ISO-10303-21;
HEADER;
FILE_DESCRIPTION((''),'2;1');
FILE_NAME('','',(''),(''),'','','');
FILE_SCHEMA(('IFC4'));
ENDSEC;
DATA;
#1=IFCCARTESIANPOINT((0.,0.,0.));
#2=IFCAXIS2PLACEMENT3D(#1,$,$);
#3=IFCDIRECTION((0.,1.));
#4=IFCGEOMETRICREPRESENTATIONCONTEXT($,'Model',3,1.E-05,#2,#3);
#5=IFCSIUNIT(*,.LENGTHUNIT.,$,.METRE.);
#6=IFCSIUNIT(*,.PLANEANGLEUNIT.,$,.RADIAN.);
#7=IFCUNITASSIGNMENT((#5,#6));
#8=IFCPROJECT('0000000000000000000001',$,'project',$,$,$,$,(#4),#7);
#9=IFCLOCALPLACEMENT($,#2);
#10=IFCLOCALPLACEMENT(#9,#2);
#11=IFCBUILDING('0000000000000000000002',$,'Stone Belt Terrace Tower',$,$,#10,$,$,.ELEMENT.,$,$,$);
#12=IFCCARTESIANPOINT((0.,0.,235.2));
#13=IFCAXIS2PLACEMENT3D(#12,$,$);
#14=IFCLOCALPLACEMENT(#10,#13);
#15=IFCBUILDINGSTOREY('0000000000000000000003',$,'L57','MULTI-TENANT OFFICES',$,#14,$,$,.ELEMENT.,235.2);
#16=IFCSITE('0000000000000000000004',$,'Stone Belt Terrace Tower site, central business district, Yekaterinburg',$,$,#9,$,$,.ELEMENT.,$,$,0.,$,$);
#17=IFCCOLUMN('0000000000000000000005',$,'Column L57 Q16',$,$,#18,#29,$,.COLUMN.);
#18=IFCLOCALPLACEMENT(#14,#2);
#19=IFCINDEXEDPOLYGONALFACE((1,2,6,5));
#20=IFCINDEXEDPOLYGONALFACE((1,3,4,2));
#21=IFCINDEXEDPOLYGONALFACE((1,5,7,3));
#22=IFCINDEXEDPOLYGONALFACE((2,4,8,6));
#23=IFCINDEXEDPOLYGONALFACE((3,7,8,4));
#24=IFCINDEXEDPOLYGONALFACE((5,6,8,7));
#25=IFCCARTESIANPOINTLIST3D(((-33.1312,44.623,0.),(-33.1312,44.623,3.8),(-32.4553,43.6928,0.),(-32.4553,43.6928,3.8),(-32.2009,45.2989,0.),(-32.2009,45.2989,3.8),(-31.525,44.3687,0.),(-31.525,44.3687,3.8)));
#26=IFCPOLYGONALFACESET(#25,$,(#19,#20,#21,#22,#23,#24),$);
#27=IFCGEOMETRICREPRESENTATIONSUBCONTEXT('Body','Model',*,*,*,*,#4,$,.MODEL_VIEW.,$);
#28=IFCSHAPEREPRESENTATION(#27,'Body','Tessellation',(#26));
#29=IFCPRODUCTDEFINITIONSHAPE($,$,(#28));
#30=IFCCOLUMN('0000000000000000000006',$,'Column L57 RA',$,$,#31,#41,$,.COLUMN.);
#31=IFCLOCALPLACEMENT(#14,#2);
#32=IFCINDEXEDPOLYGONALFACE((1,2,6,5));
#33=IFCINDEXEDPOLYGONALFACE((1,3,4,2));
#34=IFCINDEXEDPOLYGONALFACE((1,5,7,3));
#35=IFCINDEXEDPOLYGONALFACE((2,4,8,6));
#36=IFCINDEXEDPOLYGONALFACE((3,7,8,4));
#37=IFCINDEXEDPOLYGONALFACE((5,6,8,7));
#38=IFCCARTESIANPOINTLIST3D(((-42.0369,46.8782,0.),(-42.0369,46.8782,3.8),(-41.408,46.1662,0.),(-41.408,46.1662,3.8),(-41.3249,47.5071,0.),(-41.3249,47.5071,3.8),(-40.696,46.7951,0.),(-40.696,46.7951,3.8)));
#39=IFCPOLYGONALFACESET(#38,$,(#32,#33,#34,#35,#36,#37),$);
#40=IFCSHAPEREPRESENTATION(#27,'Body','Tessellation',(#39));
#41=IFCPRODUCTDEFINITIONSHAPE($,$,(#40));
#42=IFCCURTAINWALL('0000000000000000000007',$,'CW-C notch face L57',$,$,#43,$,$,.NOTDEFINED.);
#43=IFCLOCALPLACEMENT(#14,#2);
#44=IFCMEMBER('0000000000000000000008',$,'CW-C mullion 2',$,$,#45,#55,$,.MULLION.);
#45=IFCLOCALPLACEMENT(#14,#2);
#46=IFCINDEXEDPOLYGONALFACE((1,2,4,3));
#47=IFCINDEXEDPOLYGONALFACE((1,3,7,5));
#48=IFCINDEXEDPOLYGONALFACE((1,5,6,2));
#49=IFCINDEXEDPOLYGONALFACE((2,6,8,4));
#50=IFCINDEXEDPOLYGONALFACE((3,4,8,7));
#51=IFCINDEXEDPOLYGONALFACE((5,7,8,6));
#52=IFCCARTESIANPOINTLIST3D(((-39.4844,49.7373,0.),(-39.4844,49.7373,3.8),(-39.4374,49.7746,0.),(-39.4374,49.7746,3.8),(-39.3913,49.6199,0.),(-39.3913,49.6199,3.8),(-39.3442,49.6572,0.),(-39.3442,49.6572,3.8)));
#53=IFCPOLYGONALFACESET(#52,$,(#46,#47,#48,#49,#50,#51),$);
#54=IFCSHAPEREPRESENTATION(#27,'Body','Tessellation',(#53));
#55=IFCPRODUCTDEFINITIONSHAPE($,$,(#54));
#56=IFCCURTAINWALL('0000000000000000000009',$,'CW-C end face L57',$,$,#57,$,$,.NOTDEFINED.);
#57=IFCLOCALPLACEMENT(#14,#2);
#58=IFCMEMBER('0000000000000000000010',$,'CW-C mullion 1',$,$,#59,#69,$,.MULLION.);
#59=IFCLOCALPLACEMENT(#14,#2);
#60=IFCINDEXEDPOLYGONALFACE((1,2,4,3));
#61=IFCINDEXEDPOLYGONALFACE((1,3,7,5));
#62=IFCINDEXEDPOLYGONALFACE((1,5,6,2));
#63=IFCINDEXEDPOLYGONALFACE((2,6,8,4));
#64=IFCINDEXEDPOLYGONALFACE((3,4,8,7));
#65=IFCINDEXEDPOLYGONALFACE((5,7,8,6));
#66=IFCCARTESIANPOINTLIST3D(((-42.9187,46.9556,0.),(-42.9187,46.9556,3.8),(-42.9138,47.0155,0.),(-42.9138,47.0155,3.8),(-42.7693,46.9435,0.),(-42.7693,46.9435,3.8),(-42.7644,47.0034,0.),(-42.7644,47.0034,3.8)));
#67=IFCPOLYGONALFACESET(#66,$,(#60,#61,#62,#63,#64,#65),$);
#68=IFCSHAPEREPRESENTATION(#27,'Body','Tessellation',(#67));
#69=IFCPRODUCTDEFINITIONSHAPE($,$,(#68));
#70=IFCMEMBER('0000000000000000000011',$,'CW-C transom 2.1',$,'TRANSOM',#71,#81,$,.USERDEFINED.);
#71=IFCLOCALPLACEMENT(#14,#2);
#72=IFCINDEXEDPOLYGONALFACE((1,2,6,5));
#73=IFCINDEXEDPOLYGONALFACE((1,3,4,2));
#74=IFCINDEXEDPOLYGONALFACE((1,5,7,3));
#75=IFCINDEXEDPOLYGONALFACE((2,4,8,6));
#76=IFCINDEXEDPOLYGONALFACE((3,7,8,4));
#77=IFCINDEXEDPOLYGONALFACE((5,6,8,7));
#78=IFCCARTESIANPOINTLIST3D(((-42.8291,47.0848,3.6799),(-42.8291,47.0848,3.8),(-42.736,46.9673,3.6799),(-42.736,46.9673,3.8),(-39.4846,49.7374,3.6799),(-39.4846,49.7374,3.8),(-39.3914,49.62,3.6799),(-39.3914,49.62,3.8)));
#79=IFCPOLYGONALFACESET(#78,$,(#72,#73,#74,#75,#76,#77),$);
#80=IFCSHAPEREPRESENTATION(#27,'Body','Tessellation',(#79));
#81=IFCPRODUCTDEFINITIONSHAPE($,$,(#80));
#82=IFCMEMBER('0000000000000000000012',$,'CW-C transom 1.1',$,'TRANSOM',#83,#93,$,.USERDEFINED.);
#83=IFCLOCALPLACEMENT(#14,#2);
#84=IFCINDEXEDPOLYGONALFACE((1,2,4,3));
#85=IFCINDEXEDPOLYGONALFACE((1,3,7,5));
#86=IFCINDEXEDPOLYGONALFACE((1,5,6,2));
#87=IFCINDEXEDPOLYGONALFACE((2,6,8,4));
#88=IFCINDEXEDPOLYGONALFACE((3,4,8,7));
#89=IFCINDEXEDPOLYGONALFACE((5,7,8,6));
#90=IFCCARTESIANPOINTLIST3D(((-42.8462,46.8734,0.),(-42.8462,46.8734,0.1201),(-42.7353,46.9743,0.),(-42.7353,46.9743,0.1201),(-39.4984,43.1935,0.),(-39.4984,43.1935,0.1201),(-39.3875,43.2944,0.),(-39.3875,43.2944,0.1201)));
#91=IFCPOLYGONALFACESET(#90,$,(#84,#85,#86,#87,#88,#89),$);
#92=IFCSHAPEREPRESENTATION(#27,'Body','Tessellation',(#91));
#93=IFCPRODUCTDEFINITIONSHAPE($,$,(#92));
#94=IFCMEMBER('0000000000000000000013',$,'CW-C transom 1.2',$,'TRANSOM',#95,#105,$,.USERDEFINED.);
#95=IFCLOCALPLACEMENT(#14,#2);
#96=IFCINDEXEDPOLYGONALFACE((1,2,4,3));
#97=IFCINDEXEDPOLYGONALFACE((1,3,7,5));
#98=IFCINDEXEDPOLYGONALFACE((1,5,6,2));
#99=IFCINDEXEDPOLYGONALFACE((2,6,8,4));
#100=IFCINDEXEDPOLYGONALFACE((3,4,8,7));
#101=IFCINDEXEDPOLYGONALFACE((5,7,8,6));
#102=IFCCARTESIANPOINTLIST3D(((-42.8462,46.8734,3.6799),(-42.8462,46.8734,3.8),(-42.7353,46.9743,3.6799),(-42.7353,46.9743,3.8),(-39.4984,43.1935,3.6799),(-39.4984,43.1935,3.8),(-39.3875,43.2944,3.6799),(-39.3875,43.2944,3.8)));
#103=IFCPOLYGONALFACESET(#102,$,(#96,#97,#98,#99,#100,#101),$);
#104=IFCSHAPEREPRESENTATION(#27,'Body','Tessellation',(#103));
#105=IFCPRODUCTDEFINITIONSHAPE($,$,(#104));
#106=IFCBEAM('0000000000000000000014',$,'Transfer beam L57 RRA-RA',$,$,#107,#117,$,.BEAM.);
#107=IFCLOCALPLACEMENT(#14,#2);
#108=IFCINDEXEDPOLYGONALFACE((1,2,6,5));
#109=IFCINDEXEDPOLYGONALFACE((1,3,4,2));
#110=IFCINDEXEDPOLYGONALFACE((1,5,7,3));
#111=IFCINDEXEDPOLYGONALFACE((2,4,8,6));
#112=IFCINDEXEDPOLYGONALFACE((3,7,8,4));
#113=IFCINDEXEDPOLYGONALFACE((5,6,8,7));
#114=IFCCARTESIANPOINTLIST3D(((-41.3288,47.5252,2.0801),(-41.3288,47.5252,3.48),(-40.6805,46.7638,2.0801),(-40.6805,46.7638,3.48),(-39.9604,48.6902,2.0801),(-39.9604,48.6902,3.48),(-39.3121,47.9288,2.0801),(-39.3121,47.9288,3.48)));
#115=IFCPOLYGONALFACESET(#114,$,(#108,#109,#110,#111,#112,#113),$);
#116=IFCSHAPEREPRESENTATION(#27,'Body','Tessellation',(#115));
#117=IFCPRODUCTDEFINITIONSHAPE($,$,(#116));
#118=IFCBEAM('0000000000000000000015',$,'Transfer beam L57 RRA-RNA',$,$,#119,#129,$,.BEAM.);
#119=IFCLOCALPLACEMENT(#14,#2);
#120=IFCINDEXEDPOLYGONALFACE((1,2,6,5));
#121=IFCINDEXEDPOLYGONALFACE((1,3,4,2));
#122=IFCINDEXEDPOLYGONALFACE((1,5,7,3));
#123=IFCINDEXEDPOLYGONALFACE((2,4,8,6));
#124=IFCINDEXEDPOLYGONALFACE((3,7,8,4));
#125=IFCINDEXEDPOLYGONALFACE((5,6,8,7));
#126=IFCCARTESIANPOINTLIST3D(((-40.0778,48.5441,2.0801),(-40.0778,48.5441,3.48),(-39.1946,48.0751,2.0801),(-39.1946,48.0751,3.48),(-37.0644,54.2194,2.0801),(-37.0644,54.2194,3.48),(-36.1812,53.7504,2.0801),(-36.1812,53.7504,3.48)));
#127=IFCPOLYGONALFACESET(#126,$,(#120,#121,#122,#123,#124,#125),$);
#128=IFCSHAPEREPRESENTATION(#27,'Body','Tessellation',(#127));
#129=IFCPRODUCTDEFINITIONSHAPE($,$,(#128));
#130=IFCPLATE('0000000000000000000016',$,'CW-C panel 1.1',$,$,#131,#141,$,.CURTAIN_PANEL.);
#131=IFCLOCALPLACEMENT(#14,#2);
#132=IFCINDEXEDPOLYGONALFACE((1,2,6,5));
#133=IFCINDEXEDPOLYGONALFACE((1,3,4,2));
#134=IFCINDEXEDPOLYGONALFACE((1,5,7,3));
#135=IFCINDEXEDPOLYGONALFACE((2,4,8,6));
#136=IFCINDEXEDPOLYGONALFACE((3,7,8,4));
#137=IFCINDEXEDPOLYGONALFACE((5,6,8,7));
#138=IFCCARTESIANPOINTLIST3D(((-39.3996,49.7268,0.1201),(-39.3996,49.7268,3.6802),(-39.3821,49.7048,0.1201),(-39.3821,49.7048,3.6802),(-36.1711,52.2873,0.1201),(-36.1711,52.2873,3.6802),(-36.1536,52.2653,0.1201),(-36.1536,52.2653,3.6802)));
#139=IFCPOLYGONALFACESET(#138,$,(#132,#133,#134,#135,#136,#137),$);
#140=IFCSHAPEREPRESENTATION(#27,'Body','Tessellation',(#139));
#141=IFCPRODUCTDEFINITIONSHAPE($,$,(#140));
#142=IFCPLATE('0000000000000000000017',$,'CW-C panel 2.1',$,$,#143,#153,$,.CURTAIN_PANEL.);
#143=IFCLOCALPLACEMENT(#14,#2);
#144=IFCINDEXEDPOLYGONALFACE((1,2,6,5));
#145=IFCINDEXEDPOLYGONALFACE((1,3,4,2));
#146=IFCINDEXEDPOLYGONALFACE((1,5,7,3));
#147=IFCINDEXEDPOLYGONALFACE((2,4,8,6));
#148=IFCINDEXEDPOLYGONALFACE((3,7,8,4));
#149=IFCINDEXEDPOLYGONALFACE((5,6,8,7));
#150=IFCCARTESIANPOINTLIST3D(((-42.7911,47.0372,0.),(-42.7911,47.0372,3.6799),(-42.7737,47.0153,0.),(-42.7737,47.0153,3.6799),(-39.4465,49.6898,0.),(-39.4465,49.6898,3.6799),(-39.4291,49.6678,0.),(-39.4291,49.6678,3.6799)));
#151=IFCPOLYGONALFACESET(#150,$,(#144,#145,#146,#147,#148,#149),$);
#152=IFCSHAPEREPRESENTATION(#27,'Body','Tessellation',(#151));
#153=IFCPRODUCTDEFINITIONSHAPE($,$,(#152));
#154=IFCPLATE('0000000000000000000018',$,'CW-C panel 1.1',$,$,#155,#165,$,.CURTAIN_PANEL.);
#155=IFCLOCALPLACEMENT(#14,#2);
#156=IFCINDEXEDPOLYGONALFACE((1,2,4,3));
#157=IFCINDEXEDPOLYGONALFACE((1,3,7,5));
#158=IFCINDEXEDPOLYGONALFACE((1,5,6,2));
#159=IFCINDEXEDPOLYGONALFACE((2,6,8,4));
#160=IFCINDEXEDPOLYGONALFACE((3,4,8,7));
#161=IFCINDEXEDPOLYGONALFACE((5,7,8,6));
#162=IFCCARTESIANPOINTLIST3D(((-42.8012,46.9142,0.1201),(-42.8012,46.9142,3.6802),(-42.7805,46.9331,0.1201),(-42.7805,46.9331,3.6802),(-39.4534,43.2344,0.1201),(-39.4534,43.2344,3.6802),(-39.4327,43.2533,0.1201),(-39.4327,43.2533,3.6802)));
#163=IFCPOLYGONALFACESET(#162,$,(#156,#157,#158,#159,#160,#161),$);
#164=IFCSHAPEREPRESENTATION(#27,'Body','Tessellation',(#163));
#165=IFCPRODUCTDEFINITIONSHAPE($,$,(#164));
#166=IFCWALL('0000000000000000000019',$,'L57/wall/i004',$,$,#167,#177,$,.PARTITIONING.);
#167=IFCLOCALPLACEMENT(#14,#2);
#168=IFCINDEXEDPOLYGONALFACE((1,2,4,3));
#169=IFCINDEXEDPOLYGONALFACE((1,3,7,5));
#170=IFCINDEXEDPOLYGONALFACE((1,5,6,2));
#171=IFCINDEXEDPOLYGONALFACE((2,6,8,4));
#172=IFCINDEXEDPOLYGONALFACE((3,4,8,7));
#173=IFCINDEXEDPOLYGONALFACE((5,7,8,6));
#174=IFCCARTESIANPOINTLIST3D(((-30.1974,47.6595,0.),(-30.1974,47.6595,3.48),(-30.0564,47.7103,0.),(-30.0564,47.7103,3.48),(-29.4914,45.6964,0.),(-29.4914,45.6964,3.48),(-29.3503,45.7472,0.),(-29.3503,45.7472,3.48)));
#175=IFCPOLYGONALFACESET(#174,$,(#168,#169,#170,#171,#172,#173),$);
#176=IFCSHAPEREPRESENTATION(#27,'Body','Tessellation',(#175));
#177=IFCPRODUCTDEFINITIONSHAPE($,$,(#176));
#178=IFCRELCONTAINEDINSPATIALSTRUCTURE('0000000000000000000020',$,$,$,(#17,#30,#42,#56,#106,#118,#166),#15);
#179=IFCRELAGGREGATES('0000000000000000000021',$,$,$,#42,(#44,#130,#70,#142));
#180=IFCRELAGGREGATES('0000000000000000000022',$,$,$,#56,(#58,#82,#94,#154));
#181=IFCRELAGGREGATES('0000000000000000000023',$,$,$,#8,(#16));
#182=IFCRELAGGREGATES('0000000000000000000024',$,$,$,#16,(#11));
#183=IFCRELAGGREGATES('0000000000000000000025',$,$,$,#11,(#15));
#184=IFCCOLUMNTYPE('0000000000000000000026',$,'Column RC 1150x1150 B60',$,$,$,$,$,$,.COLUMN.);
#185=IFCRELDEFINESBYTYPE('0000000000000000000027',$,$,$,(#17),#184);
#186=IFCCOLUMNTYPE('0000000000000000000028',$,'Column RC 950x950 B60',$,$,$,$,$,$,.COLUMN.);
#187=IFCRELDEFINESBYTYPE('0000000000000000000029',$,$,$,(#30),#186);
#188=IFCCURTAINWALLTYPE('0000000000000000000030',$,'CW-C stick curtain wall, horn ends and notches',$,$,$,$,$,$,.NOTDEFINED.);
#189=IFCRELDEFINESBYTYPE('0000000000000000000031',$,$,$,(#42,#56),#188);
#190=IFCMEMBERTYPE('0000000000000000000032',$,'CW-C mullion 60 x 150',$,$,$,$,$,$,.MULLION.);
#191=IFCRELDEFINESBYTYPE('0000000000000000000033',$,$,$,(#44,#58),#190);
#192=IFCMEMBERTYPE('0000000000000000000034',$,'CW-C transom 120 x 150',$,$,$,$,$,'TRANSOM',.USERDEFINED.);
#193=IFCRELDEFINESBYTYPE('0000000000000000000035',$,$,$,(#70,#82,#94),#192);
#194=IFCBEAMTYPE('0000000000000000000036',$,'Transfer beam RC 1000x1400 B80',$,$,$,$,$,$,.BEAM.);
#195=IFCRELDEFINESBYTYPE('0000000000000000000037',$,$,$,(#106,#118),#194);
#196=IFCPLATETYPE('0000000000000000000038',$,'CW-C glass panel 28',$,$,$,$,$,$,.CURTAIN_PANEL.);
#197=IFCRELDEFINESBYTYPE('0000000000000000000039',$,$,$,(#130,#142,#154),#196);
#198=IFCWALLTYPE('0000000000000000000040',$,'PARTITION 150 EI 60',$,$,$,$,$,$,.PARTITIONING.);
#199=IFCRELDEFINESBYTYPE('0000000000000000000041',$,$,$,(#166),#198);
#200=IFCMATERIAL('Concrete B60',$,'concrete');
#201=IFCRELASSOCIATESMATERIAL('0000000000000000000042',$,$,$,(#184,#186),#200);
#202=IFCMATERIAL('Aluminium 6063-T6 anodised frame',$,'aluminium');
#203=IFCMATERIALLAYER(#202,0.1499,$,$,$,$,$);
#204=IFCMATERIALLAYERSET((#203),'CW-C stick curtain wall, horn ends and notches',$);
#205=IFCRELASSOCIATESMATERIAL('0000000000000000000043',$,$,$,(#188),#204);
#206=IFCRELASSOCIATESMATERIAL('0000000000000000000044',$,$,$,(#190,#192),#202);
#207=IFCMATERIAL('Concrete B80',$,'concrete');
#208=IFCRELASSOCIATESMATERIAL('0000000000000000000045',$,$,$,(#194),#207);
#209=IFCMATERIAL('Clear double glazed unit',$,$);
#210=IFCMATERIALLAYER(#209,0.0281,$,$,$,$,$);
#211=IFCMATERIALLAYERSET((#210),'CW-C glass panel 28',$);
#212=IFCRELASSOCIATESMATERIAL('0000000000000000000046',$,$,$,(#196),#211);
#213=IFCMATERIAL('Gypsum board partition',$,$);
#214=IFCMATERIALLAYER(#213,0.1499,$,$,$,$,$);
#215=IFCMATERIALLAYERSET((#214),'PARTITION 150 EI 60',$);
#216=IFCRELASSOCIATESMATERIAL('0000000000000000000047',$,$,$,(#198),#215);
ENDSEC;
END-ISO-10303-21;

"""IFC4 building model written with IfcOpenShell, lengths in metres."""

from ifc_helpers import new_model, si_unit, direction, frame, frame_2d, origin, origin_2d, place, context, subcontext, project, spatial, rectangle, extrude, material, layer, layer_set, material_profile, profile_set, type_object, element, aggregate, save


model = new_model("IFC4")

# Units and contexts
model_context = context("Model", 3, precision=1e-05, world=origin(), true_north=direction((0.0, 1.0)))
body_context = subcontext(model_context, "Body", "Model", "MODEL_VIEW")
ifc_project = project(units=[si_unit("LENGTHUNIT", "METRE"), si_unit("PLANEANGLEUNIT", "RADIAN")], contexts=[model_context])

# Site, building, storey
site_placement = place(None, origin())
site = spatial("IfcSite", under=ifc_project, at=site_placement, Name="Stone Belt Terrace Tower site, central business district, Yekaterinburg", CompositionType="ELEMENT", RefElevation=0.0)
building_placement = place(site_placement, origin())
building = spatial("IfcBuilding", under=site, at=building_placement, Name="Stone Belt Terrace Tower", CompositionType="ELEMENT")
storey_placement = place(building_placement, frame((0.0, 0.0, 235.2)))
storey = spatial("IfcBuildingStorey", under=building, at=storey_placement, Name="L57", Description="MULTI-TENANT OFFICES", CompositionType="ELEMENT", Elevation=235.2)

# Columns
ifc_material_1 = material(Name="Concrete B60", Category="concrete")
ifc_material_profile_1 = material_profile(ifc_material_1, rectangle(XDim=1.1499, YDim=1.1499, at=origin_2d()), Name="RC 1150x1150")
ifc_profile_set_1 = profile_set([ifc_material_profile_1], Name="Concrete B60")
column_type_1 = type_object("IfcColumnType", Name="Column RC 1150x1150 B60", PredefinedType="COLUMN", material=ifc_profile_set_1)
column_1_placement = place(storey_placement, frame((-32.3281, 44.4958, 0.0), z_axis=(0.0, 0.0, 1.0), x_axis=(0.809017, 0.587785, 0.0)))
element("IfcColumn", 1, at=column_1_placement, inside=storey, type_object=column_type_1, Name="Column L57 Q16", PredefinedType="COLUMN", context=body_context, shape_type="SweptSolid", body=[
    extrude(rectangle(XDim=1.1499, YDim=1.1499, at=origin_2d()), origin(), (0.0, 0.0, 1.0), 3.8),
])
ifc_material_profile_2 = material_profile(ifc_material_1, rectangle(XDim=0.95, YDim=0.95, at=origin_2d()), Name="RC 950x950")
ifc_profile_set_2 = profile_set([ifc_material_profile_2], Name="Concrete B60")
column_type_2 = type_object("IfcColumnType", Name="Column RC 950x950 B60", PredefinedType="COLUMN", material=ifc_profile_set_2)
column_2_placement = place(storey_placement, frame((-41.3665, 46.8367, 0.0), z_axis=(0.0, 0.0, 1.0), x_axis=(0.74952, 0.661982, 0.0)))
element("IfcColumn", 2, at=column_2_placement, inside=storey, type_object=column_type_2, Name="Column L57 RA", PredefinedType="COLUMN", context=body_context, shape_type="SweptSolid", body=[
    extrude(rectangle(XDim=0.95, YDim=0.95, at=origin_2d()), origin(), (0.0, 0.0, 1.0), 3.8),
])

# Curtain walls, members
ifc_material_2 = material(Name="Aluminium 6063-T6 anodised frame", Category="aluminium")
ifc_layer_1 = layer(ifc_material_2, 0.1499)
ifc_layer_set_1 = layer_set([ifc_layer_1], Name="CW-C stick curtain wall, horn ends and notches")
curtain_wall_type = type_object("IfcCurtainWallType", Name="CW-C stick curtain wall, horn ends and notches", PredefinedType="NOTDEFINED", material=ifc_layer_set_1)
curtain_wall_1_placement = place(storey_placement, origin())
curtain_wall_1 = element("IfcCurtainWall", 3, at=curtain_wall_1_placement, inside=storey, type_object=curtain_wall_type, Name="CW-C notch face L57", PredefinedType="NOTDEFINED")
ifc_material_profile_3 = material_profile(ifc_material_2, rectangle(XDim=0.1499, YDim=0.0601, at=origin_2d()), Name="Aluminium 6063-T6 60x150")
ifc_profile_set_3 = profile_set([ifc_material_profile_3], Name="Aluminium 6063-T6 anodised frame")
member_type_1 = type_object("IfcMemberType", Name="CW-C mullion 60 x 150", PredefinedType="MULLION", material=ifc_profile_set_3)
member_1_placement = place(storey_placement, frame((-39.4143, 49.6973, 0.0), z_axis=(0.0, 0.0, 1.0), x_axis=(0.621388, -0.783503, 0.0)))
member_1 = element("IfcMember", 4, at=member_1_placement, type_object=member_type_1, Name="CW-C mullion 2", PredefinedType="MULLION", context=body_context, shape_type="SweptSolid", body=[
    extrude(rectangle(XDim=0.1499, YDim=0.0601, at=origin_2d()), origin(), (0.0, 0.0, 1.0), 3.8),
])
curtain_wall_2_placement = place(storey_placement, origin())
curtain_wall_2 = element("IfcCurtainWall", 5, at=curtain_wall_2_placement, inside=storey, type_object=curtain_wall_type, Name="CW-C end face L57", PredefinedType="NOTDEFINED")
member_2_placement = place(storey_placement, frame((-42.8416, 46.9795, 0.0), z_axis=(0.0, 0.0, 1.0), x_axis=(0.996717, -0.080962, 0.0)))
member_2 = element("IfcMember", 6, at=member_2_placement, type_object=member_type_1, Name="CW-C mullion 1", PredefinedType="MULLION", context=body_context, shape_type="SweptSolid", body=[
    extrude(rectangle(XDim=0.1499, YDim=0.0601, at=origin_2d()), origin(), (0.0, 0.0, 1.0), 3.8),
])

# Members
ifc_material_profile_4 = material_profile(ifc_material_2, rectangle(XDim=0.1499, YDim=0.1201, at=origin_2d()), Name="Aluminium 6063-T6 150x120")
ifc_profile_set_4 = profile_set([ifc_material_profile_4], Name="Aluminium 6063-T6 anodised frame")
member_type_2 = type_object("IfcMemberType", Name="CW-C transom 120 x 150", ElementType="TRANSOM", PredefinedType="USERDEFINED", material=ifc_profile_set_4)
member_3_placement = place(storey_placement, frame((-39.438, 49.6787, 3.74), z_axis=(-0.78349, -0.621404, 0.0), x_axis=(0.621404, -0.78349, 0.0)))
member_3 = element("IfcMember", 7, at=member_3_placement, type_object=member_type_2, Name="CW-C transom 2.1", ObjectType="TRANSOM", PredefinedType="USERDEFINED", context=body_context, shape_type="SweptSolid", body=[
    extrude(rectangle(XDim=0.1499, YDim=0.1201, at=origin_2d()), origin(), (0.0, 0.0, 1.0), 4.2688),
])
member_4_placement = place(storey_placement, frame((-42.7908, 46.9238, 0.0601), z_axis=(0.672949, -0.739689, 0.0), x_axis=(0.739689, 0.672949, 0.0)))
member_4 = element("IfcMember", 8, at=member_4_placement, type_object=member_type_2, Name="CW-C transom 1.1", ObjectType="TRANSOM", PredefinedType="USERDEFINED", context=body_context, shape_type="SweptSolid", body=[
    extrude(rectangle(XDim=0.1499, YDim=0.1201, at=origin_2d()), origin(), (0.0, 0.0, 1.0), 4.9749),
])
member_5_placement = place(storey_placement, frame((-42.7908, 46.9238, 3.74), z_axis=(0.672949, -0.739689, 0.0), x_axis=(0.739689, 0.672949, 0.0)))
member_5 = element("IfcMember", 9, at=member_5_placement, type_object=member_type_2, Name="CW-C transom 1.2", ObjectType="TRANSOM", PredefinedType="USERDEFINED", context=body_context, shape_type="SweptSolid", body=[
    extrude(rectangle(XDim=0.1499, YDim=0.1201, at=origin_2d()), origin(), (0.0, 0.0, 1.0), 4.9749),
])

# Beams
ifc_material_3 = material(Name="Concrete B80", Category="concrete")
ifc_material_profile_5 = material_profile(ifc_material_3, rectangle(XDim=1.0, YDim=1.3999, at=origin_2d()), Name="RC 1000x1400")
ifc_profile_set_5 = profile_set([ifc_material_profile_5], Name="Concrete B80")
beam_type = type_object("IfcBeamType", Name="Transfer beam RC 1000x1400 B80", PredefinedType="BEAM", material=ifc_profile_set_5)
beam_1_placement = place(storey_placement, frame((-41.0046, 47.1445, 2.78), z_axis=(0.76142, 0.648259, 0.0), x_axis=(-0.648259, 0.76142, 0.0)))
element("IfcBeam", 10, at=beam_1_placement, inside=storey, type_object=beam_type, Name="Transfer beam L57 RRA-RA", PredefinedType="BEAM", context=body_context, shape_type="SweptSolid", body=[
    extrude(rectangle(XDim=1.0, YDim=1.3999, at=origin_2d()), origin(), (0.0, 0.0, 1.0), 1.7971),
])
beam_2_placement = place(storey_placement, frame((-39.6362, 48.3096, 2.78), z_axis=(0.468964, 0.883217, 0.0), x_axis=(-0.883217, 0.468964, 0.0)))
element("IfcBeam", 11, at=beam_2_placement, inside=storey, type_object=beam_type, Name="Transfer beam L57 RRA-RNA", PredefinedType="BEAM", context=body_context, shape_type="SweptSolid", body=[
    extrude(rectangle(XDim=1.0, YDim=1.3999, at=origin_2d()), origin(), (0.0, 0.0, 1.0), 6.4258),
])

# Plates
ifc_material_4 = material(Name="Clear double glazed unit")
ifc_layer_2 = layer(ifc_material_4, 0.0281)
ifc_layer_set_2 = layer_set([ifc_layer_2], Name="CW-C glass panel 28")
plate_type = type_object("IfcPlateType", Name="CW-C glass panel 28", PredefinedType="CURTAIN_PANEL", material=ifc_layer_set_2)
plate_1_placement = place(storey_placement, frame((-37.7766, 50.9961, 0.1201), z_axis=(0.0, 0.0, 1.0), x_axis=(-0.783503, -0.621388, 0.0)))
plate_1 = element("IfcPlate", 12, at=plate_1_placement, type_object=plate_type, Name="CW-C panel 1.1", PredefinedType="CURTAIN_PANEL", context=body_context, shape_type="SweptSolid", body=[
    extrude(rectangle(XDim=4.1206, YDim=0.0281, at=origin_2d()), origin(), (0.0, 0.0, 1.0), 3.5601),
])
plate_2_placement = place(storey_placement, frame((-41.1101, 48.3525, 0.0), z_axis=(0.0, 0.0, 1.0), x_axis=(-0.783503, -0.621388, 0.0)))
plate_2 = element("IfcPlate", 13, at=plate_2_placement, type_object=plate_type, Name="CW-C panel 2.1", PredefinedType="CURTAIN_PANEL", context=body_context, shape_type="SweptSolid", body=[
    extrude(rectangle(XDim=4.2688, YDim=0.0281, at=origin_2d()), origin(), (0.0, 0.0, 1.0), 3.6799),
])
aggregate(curtain_wall_1, [member_1, plate_1, member_3, plate_2])
plate_3_placement = place(storey_placement, frame((-41.1169, 45.0837, 0.1201), z_axis=(0.0, 0.0, 1.0), x_axis=(0.672944, -0.739693, 0.0)))
plate_3 = element("IfcPlate", 14, at=plate_3_placement, type_object=plate_type, Name="CW-C panel 1.1", PredefinedType="CURTAIN_PANEL", context=body_context, shape_type="SweptSolid", body=[
    extrude(rectangle(XDim=4.9749, YDim=0.0281, at=origin_2d()), origin(), (0.0, 0.0, 1.0), 3.5601),
])
aggregate(curtain_wall_2, [member_2, member_4, member_5, plate_3])

# Wall
ifc_material_5 = material(Name="Gypsum board partition")
ifc_layer_3 = layer(ifc_material_5, 0.1499)
ifc_layer_set_3 = layer_set([ifc_layer_3], Name="PARTITION 150 EI 60")
wall_type_1 = type_object("IfcWallType", Name="PARTITION 150 EI 60", PredefinedType="PARTITIONING", material=ifc_layer_set_3)
wall_1_placement = place(storey_placement, frame((-29.4209, 45.7219, 0.0), z_axis=(0.0, 0.0, 1.0), x_axis=(-0.338434, 0.94099, 0.0)))
element("IfcWall", 15, at=wall_1_placement, inside=storey, type_object=wall_type_1, Name="L57/wall/i004", PredefinedType="PARTITIONING", context=body_context, shape_type="SweptSolid", body=[
    extrude(rectangle(XDim=2.0862, YDim=0.1499, at=frame_2d((1.043, 0.0))), origin(), (0.0, 0.0, 1.0), 3.48),
])

save(model, "model.ifc")
